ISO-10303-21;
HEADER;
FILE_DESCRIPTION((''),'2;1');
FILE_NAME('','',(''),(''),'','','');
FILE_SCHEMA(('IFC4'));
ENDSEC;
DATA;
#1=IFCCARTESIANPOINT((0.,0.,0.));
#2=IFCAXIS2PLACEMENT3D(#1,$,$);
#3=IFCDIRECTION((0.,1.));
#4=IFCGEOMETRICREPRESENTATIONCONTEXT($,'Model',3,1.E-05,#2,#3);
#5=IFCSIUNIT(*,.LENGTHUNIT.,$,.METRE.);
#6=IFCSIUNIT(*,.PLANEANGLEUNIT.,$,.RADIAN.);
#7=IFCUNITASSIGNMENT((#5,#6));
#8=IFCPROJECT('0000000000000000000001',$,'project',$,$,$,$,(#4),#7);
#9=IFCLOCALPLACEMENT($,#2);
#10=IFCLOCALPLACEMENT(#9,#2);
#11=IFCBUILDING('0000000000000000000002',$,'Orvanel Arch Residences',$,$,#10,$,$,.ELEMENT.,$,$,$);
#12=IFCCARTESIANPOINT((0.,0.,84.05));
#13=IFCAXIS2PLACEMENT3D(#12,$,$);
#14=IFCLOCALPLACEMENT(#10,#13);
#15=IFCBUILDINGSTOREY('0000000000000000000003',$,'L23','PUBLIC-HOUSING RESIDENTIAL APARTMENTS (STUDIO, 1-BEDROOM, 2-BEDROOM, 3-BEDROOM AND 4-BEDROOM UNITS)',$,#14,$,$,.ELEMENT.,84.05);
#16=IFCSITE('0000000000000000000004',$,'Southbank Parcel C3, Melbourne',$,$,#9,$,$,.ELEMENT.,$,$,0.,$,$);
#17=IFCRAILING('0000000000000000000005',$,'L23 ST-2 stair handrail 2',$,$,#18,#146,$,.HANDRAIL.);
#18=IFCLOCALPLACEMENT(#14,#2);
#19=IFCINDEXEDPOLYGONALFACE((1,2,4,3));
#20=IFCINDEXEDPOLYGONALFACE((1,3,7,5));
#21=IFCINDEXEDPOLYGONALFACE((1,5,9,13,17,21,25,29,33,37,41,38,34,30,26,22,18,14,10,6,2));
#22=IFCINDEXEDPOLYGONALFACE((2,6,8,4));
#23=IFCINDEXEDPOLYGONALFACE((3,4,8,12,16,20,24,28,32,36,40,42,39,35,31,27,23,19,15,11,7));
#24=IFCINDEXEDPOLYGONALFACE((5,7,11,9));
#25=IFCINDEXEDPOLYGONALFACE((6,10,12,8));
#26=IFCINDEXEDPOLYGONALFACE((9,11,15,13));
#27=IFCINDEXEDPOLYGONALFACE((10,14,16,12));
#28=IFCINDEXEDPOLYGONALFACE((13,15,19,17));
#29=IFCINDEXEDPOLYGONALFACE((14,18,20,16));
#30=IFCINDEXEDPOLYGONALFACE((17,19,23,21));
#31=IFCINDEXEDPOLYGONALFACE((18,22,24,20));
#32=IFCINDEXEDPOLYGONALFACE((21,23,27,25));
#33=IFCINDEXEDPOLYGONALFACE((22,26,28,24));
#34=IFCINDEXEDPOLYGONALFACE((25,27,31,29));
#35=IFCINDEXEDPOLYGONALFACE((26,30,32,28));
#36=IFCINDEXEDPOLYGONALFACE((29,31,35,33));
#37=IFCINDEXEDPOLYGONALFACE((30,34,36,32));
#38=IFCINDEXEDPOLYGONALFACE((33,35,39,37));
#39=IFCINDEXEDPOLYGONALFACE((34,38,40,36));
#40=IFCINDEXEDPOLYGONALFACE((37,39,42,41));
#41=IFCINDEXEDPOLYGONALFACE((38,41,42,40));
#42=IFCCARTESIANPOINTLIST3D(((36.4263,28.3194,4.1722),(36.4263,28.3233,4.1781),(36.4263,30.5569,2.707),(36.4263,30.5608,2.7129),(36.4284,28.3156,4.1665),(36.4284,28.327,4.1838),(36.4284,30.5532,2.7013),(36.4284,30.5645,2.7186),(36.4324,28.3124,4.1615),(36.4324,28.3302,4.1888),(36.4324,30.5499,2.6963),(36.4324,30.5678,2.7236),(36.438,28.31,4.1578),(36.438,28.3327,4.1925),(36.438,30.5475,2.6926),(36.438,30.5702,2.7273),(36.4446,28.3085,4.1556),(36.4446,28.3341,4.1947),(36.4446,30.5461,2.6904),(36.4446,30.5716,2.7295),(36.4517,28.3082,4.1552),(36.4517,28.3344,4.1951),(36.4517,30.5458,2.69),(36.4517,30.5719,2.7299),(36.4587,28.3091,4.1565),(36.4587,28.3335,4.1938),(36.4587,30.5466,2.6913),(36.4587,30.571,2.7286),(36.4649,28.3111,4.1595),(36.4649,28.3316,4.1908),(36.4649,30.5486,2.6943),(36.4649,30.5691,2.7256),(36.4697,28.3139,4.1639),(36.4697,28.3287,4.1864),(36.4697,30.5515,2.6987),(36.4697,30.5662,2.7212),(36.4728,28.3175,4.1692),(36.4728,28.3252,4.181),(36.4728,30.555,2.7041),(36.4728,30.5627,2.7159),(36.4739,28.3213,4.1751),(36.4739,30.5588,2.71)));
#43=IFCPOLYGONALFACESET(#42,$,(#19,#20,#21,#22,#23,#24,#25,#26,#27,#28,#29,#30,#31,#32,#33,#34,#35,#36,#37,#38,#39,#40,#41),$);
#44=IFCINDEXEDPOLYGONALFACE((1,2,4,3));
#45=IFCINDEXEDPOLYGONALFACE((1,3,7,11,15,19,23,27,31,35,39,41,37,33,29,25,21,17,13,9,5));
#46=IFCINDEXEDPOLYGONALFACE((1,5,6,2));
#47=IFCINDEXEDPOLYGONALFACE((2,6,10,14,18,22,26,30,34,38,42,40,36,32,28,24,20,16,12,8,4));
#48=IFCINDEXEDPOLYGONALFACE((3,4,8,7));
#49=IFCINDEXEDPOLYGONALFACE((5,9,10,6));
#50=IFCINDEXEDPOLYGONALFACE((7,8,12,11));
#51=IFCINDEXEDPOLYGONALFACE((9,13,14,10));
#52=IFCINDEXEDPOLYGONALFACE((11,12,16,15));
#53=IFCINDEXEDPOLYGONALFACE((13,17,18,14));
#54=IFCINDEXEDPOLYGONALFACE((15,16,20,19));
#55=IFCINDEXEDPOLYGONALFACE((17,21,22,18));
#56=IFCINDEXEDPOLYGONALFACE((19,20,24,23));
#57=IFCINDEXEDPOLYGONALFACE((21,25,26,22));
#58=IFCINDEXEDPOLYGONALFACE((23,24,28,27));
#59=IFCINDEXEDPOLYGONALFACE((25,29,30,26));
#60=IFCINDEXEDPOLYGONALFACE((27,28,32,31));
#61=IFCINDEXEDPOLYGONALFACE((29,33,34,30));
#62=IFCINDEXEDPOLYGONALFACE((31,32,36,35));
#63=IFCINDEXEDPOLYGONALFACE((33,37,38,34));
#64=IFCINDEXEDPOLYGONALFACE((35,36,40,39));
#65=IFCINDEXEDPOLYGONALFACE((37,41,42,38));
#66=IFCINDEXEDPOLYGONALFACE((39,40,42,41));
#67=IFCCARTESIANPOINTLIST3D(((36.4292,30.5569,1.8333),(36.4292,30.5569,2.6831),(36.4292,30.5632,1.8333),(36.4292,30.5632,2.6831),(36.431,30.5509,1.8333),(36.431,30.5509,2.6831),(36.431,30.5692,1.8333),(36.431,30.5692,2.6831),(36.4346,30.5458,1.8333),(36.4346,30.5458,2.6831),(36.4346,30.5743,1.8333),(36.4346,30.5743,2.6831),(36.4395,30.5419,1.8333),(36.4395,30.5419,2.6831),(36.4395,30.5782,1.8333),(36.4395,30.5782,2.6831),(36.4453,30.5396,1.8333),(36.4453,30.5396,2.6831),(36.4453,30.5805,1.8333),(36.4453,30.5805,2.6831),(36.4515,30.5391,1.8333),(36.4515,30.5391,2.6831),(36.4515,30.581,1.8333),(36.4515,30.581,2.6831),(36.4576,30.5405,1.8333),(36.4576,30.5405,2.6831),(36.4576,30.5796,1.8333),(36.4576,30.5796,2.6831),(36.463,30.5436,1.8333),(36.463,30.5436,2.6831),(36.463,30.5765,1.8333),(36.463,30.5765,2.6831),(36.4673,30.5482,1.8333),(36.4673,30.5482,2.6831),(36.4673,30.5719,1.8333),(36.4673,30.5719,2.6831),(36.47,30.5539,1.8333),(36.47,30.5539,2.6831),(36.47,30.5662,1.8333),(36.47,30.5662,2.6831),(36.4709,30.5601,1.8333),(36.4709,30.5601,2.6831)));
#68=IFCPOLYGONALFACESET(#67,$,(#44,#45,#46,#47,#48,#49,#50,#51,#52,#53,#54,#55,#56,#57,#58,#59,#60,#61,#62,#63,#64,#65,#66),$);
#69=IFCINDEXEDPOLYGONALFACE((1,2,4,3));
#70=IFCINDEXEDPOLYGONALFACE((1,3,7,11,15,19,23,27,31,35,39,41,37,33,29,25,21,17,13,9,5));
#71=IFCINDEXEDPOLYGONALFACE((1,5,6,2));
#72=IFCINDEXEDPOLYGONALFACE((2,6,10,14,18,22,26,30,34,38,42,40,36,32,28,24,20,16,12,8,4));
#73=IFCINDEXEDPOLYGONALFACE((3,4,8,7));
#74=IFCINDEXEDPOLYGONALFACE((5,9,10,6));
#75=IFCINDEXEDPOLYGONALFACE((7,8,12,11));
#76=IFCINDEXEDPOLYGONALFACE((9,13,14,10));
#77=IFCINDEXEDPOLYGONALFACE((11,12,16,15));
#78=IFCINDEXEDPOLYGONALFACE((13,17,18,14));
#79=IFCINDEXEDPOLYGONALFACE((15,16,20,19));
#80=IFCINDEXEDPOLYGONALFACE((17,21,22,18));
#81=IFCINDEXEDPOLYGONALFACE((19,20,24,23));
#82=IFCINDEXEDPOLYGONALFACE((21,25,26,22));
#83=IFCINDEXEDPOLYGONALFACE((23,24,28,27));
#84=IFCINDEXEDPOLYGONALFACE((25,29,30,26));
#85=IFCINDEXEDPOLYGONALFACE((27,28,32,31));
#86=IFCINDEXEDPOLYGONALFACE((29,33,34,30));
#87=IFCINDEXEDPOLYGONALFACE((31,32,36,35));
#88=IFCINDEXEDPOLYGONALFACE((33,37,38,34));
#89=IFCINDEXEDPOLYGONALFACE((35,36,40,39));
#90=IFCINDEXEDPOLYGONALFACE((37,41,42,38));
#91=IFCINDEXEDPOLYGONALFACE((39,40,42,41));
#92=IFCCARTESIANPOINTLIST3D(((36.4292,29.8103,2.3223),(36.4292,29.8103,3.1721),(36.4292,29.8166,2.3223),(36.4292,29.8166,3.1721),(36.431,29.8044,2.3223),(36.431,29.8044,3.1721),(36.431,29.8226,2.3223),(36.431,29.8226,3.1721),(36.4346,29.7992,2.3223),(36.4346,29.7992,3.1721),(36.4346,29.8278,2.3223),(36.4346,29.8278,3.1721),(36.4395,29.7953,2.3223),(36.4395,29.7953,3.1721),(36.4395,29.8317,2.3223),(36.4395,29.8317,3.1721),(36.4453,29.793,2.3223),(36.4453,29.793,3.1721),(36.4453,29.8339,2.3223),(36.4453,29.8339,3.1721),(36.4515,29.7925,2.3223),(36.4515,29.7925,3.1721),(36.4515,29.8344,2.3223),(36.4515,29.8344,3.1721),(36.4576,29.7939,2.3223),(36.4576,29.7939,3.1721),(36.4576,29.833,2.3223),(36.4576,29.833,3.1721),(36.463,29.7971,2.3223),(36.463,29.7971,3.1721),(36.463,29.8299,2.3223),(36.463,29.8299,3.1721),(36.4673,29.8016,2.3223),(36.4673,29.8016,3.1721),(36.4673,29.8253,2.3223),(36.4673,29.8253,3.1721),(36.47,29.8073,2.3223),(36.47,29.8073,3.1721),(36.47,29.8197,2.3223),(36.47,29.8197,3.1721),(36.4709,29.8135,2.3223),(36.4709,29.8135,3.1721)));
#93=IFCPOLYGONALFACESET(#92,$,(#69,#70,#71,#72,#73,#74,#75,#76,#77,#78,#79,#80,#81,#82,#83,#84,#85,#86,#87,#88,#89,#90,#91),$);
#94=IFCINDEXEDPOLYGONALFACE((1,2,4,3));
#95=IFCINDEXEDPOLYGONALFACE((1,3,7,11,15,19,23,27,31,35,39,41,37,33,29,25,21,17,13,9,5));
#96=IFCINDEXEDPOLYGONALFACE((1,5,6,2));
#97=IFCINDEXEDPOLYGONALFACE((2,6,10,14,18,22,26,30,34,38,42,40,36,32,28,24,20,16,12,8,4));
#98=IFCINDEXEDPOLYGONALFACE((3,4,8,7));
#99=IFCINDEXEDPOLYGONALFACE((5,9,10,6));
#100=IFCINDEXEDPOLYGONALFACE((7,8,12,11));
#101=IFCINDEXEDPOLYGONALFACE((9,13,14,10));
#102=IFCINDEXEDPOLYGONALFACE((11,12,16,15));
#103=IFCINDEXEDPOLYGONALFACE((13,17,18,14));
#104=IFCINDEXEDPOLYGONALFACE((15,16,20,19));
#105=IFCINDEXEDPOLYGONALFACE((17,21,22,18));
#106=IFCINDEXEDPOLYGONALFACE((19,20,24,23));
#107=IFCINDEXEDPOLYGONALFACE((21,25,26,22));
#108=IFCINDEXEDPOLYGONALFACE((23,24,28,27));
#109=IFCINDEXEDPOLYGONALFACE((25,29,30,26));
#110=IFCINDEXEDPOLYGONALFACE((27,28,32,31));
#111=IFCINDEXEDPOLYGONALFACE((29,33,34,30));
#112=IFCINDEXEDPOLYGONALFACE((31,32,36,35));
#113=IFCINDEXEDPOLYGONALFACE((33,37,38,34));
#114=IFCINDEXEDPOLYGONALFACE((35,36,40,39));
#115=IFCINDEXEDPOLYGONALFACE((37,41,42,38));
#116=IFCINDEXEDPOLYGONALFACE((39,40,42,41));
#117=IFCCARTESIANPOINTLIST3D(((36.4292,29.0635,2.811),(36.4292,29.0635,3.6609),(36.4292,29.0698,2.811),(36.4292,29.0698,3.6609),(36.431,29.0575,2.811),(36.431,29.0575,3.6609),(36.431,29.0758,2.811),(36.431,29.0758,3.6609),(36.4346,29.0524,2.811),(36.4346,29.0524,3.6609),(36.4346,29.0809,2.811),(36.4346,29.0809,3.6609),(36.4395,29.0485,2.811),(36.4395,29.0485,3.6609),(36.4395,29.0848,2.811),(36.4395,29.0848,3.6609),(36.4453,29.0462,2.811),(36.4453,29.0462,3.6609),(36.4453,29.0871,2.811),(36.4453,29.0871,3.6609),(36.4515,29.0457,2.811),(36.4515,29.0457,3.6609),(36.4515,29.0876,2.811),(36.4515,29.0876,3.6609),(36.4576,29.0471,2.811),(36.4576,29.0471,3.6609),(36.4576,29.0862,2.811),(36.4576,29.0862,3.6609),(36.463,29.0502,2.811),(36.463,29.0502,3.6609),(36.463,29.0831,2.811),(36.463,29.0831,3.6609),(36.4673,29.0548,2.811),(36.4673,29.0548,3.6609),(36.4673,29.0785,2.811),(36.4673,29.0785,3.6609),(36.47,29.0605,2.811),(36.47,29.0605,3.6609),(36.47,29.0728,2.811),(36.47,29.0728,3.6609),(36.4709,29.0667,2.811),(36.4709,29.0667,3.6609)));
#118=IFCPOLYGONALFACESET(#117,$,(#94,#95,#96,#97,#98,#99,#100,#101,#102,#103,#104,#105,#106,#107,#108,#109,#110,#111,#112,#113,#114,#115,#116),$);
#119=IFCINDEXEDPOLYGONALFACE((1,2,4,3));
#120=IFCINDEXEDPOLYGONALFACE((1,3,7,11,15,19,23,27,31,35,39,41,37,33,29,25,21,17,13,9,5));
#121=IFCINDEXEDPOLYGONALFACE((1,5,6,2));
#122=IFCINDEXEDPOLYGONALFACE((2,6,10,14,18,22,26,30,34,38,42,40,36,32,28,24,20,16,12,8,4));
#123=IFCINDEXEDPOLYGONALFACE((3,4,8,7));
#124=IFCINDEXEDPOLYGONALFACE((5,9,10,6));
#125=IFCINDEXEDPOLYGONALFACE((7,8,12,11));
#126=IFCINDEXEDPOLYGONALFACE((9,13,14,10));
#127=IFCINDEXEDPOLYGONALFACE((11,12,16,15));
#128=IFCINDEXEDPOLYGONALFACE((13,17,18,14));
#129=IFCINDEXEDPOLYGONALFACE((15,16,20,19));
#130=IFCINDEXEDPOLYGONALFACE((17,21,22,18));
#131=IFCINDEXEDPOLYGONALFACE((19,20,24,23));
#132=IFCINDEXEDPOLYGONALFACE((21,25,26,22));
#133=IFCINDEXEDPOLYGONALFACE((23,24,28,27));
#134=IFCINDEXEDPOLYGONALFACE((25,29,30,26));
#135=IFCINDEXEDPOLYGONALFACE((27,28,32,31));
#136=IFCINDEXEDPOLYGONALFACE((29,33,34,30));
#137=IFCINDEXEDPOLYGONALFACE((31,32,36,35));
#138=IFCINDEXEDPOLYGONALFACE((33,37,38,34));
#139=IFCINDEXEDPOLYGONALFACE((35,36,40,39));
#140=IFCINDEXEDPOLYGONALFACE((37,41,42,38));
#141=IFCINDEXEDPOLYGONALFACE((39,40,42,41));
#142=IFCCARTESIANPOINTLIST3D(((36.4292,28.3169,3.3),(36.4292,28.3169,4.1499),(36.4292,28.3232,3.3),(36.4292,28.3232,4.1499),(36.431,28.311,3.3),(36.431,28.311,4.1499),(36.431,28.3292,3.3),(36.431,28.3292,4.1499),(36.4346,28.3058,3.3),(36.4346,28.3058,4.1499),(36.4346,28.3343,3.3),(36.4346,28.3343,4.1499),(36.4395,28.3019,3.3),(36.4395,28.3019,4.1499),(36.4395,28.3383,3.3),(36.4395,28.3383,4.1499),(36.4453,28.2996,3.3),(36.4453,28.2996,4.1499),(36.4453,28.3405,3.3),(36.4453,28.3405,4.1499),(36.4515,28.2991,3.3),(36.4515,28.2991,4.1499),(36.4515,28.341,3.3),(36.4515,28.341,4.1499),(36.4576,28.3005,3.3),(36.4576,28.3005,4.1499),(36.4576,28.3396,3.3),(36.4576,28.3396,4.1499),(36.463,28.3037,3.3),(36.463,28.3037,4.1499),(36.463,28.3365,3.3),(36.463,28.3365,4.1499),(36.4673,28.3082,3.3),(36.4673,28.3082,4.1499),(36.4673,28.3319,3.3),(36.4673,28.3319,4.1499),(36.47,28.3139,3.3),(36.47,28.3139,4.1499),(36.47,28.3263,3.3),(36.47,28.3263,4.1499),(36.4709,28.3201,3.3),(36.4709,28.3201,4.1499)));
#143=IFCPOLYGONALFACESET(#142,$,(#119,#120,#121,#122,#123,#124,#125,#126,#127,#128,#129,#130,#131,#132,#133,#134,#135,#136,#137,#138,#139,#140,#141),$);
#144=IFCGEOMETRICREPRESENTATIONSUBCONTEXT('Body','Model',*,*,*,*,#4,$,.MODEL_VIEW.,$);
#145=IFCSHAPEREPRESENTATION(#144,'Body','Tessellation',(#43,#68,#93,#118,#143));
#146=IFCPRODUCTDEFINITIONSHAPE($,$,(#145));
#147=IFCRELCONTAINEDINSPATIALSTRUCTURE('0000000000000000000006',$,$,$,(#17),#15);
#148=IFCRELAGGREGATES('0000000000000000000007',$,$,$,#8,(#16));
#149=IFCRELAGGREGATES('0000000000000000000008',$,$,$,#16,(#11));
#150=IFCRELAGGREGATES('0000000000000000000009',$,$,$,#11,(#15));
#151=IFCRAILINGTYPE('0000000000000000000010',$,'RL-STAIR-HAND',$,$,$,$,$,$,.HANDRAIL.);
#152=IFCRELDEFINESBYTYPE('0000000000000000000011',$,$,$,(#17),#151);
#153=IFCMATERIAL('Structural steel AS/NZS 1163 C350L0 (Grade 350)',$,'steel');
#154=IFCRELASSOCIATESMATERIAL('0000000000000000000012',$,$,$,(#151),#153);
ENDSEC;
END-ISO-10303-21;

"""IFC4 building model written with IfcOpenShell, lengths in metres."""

from ifc_helpers import new_model, si_unit, direction, frame, origin, origin_2d, place, context, subcontext, project, spatial, circle, extrude, material, type_object, element, save


model = new_model("IFC4")

# Units and contexts
model_context = context("Model", 3, precision=1e-05, world=origin(), true_north=direction((0.0, 1.0)))
body_context = subcontext(model_context, "Body", "Model", "MODEL_VIEW")
ifc_project = project(units=[si_unit("LENGTHUNIT", "METRE"), si_unit("PLANEANGLEUNIT", "RADIAN")], contexts=[model_context])

# Site, building, storey
site_placement = place(None, origin())
site = spatial("IfcSite", under=ifc_project, at=site_placement, Name="Southbank Parcel C3, Melbourne", CompositionType="ELEMENT", RefElevation=0.0)
building_placement = place(site_placement, origin())
building = spatial("IfcBuilding", under=site, at=building_placement, Name="Orvanel Arch Residences", CompositionType="ELEMENT")
storey_placement = place(building_placement, frame((0.0, 0.0, 84.05)))
storey = spatial("IfcBuildingStorey", under=building, at=storey_placement, Name="L23", Description="PUBLIC-HOUSING RESIDENTIAL APARTMENTS (STUDIO, 1-BEDROOM, 2-BEDROOM, 3-BEDROOM AND 4-BEDROOM UNITS)", CompositionType="ELEMENT", Elevation=84.05)

# Railing
ifc_material_1 = material(Name="Structural steel AS/NZS 1163 C350L0 (Grade 350)", Category="steel")
railing_type_1 = type_object("IfcRailingType", Name="RL-STAIR-HAND", PredefinedType="HANDRAIL", material=ifc_material_1)
railing_1_placement = place(storey_placement, frame((36.45, 30.5601, 1.8333)))
element("IfcRailing", 1, at=railing_1_placement, inside=storey, type_object=railing_type_1, Name="L23 ST-2 stair handrail 2", PredefinedType="HANDRAIL", context=body_context, shape_type="SweptSolid", body=[
    extrude(circle(Radius=0.0239, at=origin_2d()), frame((0.0, -0.0012, 0.8767), z_axis=(0.0, -0.836595, 0.547822), x_axis=(1.0, 0.0, 0.0)), (0.0, 0.0, 1.0), 2.6746),
    extrude(circle(Radius=0.021, at=origin_2d()), origin(), (0.0, 0.0, 1.0), 0.8499),
    extrude(circle(Radius=0.021, at=origin_2d()), frame((0.0, -0.7466, 0.489)), (0.0, 0.0, 1.0), 0.8499),
    extrude(circle(Radius=0.021, at=origin_2d()), frame((0.0, -1.4934, 0.9778)), (0.0, 0.0, 1.0), 0.8499),
    extrude(circle(Radius=0.021, at=origin_2d()), frame((0.0, -2.24, 1.4668)), (0.0, 0.0, 1.0), 0.8499),
])

save(model, "model.ifc")
